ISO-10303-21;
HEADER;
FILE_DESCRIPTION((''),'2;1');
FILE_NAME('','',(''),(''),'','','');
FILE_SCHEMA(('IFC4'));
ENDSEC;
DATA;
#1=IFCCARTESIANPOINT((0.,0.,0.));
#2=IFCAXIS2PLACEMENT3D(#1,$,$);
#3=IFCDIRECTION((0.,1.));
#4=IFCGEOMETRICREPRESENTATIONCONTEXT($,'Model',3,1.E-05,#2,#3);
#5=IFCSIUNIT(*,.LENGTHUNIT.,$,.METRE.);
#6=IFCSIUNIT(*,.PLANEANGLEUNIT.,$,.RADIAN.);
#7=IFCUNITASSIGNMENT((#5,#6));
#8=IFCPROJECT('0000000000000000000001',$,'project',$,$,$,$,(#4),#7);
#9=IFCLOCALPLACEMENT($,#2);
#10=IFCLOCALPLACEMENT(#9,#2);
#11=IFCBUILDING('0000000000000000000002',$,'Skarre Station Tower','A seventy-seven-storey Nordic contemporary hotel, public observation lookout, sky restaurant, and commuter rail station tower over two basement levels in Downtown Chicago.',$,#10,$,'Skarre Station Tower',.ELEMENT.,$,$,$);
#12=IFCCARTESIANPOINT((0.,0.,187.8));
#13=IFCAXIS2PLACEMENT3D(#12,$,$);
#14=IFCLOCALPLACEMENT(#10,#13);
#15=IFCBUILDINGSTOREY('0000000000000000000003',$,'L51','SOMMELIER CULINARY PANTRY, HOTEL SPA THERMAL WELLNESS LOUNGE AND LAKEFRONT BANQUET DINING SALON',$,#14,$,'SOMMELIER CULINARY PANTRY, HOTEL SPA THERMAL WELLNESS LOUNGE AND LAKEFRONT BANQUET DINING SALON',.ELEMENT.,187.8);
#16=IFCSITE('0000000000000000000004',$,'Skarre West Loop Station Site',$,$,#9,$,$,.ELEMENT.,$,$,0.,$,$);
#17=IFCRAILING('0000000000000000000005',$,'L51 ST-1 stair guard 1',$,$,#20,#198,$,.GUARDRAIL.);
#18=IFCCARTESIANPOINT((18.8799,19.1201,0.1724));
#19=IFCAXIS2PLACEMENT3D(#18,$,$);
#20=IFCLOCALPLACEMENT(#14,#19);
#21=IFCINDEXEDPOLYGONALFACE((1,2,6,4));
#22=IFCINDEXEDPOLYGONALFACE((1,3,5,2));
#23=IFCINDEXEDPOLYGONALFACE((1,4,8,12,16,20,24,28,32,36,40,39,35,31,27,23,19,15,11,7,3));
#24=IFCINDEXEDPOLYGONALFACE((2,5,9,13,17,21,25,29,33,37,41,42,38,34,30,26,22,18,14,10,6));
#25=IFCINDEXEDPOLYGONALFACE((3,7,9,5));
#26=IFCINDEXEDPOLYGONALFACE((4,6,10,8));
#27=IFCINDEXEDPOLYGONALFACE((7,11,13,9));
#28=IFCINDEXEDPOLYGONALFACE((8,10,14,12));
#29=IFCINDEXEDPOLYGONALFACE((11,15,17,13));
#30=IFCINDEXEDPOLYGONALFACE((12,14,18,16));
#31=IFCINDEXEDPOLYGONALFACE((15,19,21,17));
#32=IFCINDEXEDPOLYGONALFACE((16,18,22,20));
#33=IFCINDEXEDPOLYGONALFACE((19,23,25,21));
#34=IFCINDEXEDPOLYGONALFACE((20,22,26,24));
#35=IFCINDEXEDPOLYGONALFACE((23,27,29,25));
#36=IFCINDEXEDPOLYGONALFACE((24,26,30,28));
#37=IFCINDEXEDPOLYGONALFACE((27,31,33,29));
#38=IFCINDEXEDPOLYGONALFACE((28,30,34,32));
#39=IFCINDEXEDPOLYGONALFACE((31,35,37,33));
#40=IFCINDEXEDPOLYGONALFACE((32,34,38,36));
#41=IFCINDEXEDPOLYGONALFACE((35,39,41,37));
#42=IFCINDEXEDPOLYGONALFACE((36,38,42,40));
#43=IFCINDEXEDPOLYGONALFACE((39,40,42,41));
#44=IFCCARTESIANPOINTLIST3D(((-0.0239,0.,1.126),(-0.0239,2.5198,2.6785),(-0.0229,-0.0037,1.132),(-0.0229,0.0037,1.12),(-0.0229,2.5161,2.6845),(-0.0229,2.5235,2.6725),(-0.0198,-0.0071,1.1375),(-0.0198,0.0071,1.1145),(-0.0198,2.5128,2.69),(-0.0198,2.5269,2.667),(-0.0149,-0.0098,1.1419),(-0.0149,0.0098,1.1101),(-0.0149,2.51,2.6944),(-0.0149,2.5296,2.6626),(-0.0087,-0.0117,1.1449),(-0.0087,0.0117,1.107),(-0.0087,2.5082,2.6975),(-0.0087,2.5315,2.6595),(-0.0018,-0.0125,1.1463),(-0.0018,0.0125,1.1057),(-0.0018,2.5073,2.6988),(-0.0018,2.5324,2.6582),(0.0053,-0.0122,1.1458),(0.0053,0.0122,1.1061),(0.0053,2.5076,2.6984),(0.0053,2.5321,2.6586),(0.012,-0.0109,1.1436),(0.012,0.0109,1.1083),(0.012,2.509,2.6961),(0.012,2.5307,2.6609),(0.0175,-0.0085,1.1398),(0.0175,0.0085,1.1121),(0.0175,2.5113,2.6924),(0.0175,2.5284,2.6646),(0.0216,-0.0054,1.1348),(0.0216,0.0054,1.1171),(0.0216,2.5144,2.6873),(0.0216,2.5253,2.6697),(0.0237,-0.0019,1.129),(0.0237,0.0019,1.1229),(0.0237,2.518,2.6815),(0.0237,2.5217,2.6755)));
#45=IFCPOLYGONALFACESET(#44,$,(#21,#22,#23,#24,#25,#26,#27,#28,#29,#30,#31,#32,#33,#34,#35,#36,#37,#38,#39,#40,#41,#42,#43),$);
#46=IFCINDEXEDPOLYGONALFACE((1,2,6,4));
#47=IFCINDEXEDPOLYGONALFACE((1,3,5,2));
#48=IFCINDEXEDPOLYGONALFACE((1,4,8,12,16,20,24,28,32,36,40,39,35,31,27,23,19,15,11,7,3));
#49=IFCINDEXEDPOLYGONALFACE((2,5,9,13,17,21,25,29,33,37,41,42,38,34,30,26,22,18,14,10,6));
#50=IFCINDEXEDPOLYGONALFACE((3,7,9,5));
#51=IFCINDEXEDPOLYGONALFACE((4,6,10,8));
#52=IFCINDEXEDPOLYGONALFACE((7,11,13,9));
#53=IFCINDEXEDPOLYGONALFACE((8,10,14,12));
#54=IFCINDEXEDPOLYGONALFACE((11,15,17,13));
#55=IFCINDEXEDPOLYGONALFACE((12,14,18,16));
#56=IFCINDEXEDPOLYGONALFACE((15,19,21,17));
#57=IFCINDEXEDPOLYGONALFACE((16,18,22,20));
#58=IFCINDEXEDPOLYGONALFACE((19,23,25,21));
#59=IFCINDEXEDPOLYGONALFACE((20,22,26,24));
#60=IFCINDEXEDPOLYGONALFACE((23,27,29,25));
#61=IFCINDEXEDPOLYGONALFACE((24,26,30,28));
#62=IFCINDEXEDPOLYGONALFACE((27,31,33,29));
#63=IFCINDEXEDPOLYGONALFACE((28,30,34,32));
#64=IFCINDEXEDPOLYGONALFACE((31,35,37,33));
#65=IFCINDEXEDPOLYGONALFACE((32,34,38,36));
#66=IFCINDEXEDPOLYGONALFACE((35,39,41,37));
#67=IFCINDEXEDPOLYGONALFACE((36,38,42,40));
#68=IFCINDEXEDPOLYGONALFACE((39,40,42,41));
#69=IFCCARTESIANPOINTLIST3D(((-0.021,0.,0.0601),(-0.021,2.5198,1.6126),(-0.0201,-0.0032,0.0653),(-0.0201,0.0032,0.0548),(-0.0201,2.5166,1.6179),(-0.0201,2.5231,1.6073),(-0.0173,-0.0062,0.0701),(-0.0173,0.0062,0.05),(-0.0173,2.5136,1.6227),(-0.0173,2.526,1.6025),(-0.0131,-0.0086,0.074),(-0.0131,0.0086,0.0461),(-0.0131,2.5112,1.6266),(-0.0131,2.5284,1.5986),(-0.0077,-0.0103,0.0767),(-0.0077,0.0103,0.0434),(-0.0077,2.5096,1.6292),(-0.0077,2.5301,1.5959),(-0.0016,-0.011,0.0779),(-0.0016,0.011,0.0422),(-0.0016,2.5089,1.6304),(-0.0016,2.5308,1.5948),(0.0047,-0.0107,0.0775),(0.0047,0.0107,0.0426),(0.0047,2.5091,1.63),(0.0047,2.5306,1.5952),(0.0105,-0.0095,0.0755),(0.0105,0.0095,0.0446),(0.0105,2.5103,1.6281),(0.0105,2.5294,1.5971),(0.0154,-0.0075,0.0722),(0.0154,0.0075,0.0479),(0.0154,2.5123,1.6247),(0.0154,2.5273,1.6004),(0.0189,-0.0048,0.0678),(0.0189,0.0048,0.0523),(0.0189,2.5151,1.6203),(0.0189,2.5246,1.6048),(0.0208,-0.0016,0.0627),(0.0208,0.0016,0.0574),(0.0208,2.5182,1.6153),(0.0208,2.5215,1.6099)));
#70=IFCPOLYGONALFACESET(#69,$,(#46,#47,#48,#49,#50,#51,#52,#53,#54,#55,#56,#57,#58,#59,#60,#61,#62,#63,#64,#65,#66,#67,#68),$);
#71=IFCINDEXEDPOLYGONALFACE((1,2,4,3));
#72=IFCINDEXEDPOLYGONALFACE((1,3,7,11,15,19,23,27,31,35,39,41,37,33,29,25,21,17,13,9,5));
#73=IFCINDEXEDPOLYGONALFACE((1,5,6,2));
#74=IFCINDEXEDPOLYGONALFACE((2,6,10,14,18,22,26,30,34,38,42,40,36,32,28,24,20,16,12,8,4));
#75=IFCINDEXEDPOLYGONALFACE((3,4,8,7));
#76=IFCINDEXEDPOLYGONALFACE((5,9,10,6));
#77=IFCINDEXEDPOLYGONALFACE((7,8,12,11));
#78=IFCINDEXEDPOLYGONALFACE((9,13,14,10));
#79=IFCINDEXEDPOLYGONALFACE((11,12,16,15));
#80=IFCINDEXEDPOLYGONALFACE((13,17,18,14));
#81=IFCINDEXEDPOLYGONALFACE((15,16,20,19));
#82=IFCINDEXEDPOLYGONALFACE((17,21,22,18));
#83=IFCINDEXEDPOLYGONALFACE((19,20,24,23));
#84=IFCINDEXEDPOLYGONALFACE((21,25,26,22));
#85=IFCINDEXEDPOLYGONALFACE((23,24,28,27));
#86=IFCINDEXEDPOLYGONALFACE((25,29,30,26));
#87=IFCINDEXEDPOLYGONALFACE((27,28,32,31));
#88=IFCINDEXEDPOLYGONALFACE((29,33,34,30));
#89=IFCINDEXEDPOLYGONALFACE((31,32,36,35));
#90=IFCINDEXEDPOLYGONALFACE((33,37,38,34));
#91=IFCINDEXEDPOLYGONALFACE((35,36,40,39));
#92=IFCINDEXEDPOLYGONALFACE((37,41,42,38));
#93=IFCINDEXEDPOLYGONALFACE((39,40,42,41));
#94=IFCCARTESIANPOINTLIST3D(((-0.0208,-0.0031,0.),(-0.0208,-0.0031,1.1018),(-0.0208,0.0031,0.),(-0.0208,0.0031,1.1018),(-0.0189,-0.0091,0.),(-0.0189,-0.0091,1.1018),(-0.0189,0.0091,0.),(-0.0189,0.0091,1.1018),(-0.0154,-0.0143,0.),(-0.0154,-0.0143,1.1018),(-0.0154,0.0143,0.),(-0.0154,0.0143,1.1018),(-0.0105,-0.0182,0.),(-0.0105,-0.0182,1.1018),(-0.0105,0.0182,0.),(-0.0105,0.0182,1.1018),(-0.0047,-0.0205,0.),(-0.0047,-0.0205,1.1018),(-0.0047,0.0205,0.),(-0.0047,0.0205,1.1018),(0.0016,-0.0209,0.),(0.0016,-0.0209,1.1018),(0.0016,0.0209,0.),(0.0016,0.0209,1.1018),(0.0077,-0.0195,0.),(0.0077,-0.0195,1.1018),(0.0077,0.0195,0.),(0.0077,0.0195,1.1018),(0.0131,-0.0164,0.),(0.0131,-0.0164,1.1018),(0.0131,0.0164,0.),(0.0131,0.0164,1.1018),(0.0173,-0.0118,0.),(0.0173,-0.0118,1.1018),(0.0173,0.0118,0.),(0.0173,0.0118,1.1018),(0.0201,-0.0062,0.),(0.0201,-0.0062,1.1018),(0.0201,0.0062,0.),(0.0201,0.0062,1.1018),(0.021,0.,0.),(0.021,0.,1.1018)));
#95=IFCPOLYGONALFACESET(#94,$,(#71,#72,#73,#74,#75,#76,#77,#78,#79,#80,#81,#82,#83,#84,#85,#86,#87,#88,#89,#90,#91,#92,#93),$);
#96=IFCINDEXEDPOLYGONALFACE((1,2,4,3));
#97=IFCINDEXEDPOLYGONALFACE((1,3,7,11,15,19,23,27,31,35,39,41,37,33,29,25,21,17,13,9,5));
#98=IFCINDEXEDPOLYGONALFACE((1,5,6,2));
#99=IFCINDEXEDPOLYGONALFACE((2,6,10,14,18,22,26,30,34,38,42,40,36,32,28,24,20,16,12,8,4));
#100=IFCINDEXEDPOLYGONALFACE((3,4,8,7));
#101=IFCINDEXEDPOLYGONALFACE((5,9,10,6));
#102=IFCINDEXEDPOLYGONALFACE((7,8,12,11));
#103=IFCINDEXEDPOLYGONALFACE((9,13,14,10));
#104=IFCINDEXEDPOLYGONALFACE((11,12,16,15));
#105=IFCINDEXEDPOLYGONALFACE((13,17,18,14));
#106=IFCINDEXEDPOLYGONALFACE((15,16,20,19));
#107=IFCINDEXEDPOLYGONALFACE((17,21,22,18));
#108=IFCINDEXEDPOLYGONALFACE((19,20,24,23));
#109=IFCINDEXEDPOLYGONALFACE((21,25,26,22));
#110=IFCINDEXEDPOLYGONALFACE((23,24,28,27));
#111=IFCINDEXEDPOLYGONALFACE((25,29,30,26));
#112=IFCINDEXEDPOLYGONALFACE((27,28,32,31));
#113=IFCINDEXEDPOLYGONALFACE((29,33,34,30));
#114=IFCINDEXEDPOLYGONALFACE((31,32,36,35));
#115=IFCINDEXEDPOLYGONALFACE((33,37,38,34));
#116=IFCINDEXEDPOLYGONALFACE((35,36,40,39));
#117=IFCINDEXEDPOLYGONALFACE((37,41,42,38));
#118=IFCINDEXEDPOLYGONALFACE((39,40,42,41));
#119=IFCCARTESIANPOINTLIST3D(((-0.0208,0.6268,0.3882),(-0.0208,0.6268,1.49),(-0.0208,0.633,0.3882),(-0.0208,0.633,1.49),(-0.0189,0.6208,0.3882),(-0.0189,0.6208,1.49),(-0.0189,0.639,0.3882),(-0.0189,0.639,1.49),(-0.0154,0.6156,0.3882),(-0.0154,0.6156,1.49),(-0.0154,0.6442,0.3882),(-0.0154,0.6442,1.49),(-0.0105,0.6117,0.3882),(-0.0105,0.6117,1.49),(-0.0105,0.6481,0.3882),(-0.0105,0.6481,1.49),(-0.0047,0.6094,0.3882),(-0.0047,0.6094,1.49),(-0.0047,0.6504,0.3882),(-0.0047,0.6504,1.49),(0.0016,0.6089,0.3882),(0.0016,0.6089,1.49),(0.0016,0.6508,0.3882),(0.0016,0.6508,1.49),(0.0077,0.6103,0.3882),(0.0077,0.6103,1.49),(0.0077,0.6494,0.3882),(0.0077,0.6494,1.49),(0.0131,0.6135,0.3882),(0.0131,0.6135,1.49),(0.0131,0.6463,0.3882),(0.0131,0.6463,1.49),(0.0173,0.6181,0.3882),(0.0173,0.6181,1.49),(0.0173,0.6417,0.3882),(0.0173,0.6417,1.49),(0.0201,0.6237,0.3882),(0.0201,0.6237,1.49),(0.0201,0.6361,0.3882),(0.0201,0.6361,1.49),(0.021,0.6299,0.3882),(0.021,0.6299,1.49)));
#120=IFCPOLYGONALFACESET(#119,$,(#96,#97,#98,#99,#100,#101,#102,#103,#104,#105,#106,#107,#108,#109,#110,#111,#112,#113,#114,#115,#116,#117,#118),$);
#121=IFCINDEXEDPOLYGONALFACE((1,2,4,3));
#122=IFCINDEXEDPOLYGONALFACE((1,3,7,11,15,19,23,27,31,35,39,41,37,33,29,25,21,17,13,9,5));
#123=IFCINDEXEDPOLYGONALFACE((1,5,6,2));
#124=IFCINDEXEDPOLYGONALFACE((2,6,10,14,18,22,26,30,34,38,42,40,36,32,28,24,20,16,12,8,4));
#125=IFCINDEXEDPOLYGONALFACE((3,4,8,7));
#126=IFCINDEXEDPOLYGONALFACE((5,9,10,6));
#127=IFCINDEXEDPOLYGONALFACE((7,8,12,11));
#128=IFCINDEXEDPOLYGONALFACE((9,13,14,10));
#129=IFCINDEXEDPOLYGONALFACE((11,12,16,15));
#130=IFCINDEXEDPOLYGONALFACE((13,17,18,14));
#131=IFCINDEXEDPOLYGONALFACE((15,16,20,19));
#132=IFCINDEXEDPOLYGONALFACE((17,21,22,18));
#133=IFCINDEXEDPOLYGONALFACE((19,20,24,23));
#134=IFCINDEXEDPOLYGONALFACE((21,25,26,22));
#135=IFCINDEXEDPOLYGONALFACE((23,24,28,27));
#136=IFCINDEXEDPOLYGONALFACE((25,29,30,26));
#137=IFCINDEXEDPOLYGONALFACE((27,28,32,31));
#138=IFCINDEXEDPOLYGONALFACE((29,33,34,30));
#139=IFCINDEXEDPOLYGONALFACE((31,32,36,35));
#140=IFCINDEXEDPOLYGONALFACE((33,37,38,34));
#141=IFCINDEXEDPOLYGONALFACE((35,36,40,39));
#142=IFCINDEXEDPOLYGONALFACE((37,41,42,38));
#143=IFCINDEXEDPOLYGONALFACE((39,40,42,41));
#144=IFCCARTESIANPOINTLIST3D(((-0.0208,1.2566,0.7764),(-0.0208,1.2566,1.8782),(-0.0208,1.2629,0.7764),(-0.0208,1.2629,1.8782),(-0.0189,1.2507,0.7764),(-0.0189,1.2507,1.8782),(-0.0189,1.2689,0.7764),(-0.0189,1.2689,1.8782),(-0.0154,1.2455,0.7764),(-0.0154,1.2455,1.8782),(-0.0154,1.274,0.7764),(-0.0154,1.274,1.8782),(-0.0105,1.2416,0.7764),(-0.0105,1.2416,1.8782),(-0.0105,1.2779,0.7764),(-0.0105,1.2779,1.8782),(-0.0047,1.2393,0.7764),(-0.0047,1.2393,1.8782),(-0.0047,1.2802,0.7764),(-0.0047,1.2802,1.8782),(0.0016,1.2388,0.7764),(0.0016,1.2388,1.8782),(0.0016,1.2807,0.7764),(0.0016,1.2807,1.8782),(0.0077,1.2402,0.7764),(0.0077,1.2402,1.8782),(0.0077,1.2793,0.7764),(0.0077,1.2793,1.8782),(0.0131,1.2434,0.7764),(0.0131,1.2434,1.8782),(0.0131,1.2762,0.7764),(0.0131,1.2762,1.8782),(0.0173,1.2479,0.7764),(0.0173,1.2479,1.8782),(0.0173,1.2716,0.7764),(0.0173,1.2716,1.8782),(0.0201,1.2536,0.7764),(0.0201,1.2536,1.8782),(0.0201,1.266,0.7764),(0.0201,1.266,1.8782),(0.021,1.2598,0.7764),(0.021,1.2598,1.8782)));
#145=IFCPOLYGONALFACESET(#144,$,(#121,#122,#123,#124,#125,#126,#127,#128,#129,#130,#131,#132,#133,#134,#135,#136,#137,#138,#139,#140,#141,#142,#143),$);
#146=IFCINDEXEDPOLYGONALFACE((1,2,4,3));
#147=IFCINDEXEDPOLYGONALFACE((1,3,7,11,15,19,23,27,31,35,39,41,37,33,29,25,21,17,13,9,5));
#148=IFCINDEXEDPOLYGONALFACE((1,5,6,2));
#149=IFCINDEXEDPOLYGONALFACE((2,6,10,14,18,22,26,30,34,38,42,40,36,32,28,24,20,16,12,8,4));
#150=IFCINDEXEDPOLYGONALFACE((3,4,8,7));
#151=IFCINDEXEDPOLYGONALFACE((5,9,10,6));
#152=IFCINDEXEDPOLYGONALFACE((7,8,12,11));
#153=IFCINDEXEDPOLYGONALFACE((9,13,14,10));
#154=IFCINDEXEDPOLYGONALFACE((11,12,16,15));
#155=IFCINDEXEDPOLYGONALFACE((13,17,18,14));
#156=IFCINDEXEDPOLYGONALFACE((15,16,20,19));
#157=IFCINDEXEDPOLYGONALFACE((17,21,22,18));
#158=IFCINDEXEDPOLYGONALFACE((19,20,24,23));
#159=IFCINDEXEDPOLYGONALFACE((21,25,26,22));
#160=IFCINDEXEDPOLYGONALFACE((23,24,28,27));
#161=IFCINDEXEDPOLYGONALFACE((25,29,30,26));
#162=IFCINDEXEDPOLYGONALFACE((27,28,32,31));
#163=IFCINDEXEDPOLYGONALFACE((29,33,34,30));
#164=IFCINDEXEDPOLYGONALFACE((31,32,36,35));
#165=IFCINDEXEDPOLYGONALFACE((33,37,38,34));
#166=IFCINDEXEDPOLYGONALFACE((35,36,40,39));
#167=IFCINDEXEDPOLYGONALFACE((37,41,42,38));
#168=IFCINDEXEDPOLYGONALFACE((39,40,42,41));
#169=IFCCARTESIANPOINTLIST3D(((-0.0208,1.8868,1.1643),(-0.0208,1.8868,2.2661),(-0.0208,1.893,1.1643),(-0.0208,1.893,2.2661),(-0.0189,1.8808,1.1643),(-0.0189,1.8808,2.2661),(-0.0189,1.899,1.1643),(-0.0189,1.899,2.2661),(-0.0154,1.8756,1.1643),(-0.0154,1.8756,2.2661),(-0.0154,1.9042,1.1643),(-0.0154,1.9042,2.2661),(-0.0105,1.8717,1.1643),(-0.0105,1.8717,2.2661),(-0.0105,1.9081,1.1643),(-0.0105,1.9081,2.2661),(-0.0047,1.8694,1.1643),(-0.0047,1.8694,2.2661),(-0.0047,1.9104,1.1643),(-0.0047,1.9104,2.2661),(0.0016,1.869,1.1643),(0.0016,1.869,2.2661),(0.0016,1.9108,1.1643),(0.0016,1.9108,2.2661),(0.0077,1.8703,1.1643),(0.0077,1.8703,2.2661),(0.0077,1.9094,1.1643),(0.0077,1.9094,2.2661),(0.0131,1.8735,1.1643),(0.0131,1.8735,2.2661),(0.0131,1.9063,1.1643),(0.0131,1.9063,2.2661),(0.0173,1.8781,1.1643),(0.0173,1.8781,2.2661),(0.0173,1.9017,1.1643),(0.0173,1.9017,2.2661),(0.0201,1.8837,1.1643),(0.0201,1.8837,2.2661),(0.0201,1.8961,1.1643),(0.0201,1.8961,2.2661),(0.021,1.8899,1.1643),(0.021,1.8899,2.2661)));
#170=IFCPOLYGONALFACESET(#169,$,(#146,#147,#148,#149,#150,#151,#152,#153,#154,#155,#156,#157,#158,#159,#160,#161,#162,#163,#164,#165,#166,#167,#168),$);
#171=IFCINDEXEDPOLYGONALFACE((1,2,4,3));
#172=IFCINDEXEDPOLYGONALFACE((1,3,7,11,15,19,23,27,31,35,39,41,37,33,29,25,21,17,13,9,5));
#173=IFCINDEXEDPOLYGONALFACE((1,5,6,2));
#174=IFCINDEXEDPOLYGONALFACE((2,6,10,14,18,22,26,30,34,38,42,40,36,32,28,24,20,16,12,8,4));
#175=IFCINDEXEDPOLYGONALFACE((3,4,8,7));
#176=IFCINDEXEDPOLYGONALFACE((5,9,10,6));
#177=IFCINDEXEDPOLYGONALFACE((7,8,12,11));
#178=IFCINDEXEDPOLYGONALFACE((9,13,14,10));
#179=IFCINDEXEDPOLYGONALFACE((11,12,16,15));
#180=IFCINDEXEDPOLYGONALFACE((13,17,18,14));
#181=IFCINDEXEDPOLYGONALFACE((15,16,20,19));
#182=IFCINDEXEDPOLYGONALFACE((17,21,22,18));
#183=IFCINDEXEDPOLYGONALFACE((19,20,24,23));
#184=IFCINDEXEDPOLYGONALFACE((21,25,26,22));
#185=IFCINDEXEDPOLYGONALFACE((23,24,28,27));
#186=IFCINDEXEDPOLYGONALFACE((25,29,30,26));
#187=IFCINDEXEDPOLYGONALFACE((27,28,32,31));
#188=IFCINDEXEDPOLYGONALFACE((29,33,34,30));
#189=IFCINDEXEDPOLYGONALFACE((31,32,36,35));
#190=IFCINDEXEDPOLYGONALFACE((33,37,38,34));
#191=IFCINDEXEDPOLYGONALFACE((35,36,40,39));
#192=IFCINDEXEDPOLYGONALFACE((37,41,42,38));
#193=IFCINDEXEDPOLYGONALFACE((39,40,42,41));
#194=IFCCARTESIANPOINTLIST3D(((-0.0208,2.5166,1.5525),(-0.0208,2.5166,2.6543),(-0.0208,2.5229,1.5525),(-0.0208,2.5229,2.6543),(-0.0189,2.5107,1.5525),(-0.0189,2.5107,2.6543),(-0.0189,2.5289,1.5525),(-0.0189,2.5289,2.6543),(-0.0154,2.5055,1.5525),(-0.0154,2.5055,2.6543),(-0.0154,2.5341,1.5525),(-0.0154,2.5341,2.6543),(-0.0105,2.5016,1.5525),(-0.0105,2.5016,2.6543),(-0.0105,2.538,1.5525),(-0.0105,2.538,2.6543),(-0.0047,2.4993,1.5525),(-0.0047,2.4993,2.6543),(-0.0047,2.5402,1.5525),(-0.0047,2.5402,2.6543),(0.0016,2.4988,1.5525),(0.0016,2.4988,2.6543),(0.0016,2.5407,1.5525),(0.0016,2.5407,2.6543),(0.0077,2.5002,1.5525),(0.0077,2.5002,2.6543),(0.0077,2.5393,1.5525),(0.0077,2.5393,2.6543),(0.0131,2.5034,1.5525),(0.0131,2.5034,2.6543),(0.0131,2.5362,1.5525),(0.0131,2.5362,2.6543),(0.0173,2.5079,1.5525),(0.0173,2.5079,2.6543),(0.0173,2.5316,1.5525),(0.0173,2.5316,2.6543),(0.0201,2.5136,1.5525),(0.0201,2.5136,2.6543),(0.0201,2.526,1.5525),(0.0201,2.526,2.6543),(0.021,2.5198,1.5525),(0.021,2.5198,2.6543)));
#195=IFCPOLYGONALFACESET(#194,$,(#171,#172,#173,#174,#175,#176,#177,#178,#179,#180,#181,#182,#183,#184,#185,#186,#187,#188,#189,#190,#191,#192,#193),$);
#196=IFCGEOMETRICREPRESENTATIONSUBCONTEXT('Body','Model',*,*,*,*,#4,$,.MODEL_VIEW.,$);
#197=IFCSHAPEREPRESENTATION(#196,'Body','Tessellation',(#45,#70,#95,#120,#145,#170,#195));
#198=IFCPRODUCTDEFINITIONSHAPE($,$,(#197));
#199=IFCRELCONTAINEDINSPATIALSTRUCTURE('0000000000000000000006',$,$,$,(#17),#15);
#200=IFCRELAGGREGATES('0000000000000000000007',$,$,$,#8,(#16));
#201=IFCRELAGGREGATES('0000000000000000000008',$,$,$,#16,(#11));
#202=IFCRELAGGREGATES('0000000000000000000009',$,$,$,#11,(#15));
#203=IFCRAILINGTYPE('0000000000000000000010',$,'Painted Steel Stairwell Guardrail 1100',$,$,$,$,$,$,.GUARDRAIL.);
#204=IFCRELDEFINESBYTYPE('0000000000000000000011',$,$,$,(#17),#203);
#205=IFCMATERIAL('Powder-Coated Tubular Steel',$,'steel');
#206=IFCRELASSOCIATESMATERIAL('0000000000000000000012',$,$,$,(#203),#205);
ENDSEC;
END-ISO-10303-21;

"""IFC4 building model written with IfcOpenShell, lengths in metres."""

from ifc_helpers import new_model, si_unit, direction, frame, origin, origin_2d, place, context, subcontext, project, spatial, circle, extrude, material, type_object, element, save


model = new_model("IFC4")

# Units and contexts
model_context = context("Model", 3, precision=1e-05, world=origin(), true_north=direction((0.0, 1.0)))
body_context = subcontext(model_context, "Body", "Model", "MODEL_VIEW")
ifc_project = project(units=[si_unit("LENGTHUNIT", "METRE"), si_unit("PLANEANGLEUNIT", "RADIAN")], contexts=[model_context])

# Site, building, storey
site_placement = place(None, origin())
site = spatial("IfcSite", under=ifc_project, at=site_placement, Name="Skarre West Loop Station Site", CompositionType="ELEMENT", RefElevation=0.0)
building_placement = place(site_placement, origin())
building = spatial("IfcBuilding", under=site, at=building_placement, Name="Skarre Station Tower", Description="A seventy-seven-storey Nordic contemporary hotel, public observation lookout, sky restaurant, and commuter rail station tower over two basement levels in Downtown Chicago.", LongName="Skarre Station Tower", CompositionType="ELEMENT")
storey_placement = place(building_placement, frame((0.0, 0.0, 187.8)))
storey = spatial("IfcBuildingStorey", under=building, at=storey_placement, Name="L51", Description="SOMMELIER CULINARY PANTRY, HOTEL SPA THERMAL WELLNESS LOUNGE AND LAKEFRONT BANQUET DINING SALON", LongName="SOMMELIER CULINARY PANTRY, HOTEL SPA THERMAL WELLNESS LOUNGE AND LAKEFRONT BANQUET DINING SALON", CompositionType="ELEMENT", Elevation=187.8)

# Railing
ifc_material_1 = material(Name="Powder-Coated Tubular Steel", Category="steel")
railing_type_1 = type_object("IfcRailingType", Name="Painted Steel Stairwell Guardrail 1100", PredefinedType="GUARDRAIL", material=ifc_material_1)
railing_1_placement = place(storey_placement, frame((18.8799, 19.1201, 0.1724)))
element("IfcRailing", 1, at=railing_1_placement, inside=storey, type_object=railing_type_1, Name="L51 ST-1 stair guard 1", PredefinedType="GUARDRAIL", context=body_context, shape_type="SweptSolid", body=[
    extrude(circle(Radius=0.0239, at=origin_2d()), frame((0.0, 0.0, 1.126), z_axis=(0.0, 0.851378, 0.524553), x_axis=(-1.0, 0.0, 0.0)), (0.0, 0.0, 1.0), 2.9597),
    extrude(circle(Radius=0.021, at=origin_2d()), frame((0.0, 0.0, 0.0601), z_axis=(0.0, 0.851378, 0.524553), x_axis=(-1.0, 0.0, 0.0)), (0.0, 0.0, 1.0), 2.9597),
    extrude(circle(Radius=0.021, at=origin_2d()), origin(), (0.0, 0.0, 1.0), 1.1018),
    extrude(circle(Radius=0.021, at=origin_2d()), frame((0.0, 0.6299, 0.3882)), (0.0, 0.0, 1.0), 1.1018),
    extrude(circle(Radius=0.021, at=origin_2d()), frame((0.0, 1.2598, 0.7764)), (0.0, 0.0, 1.0), 1.1018),
    extrude(circle(Radius=0.021, at=origin_2d()), frame((0.0, 1.8899, 1.1643)), (0.0, 0.0, 1.0), 1.1018),
    extrude(circle(Radius=0.021, at=origin_2d()), frame((0.0, 2.5198, 1.5525)), (0.0, 0.0, 1.0), 1.1018),
])

save(model, "model.ifc")
